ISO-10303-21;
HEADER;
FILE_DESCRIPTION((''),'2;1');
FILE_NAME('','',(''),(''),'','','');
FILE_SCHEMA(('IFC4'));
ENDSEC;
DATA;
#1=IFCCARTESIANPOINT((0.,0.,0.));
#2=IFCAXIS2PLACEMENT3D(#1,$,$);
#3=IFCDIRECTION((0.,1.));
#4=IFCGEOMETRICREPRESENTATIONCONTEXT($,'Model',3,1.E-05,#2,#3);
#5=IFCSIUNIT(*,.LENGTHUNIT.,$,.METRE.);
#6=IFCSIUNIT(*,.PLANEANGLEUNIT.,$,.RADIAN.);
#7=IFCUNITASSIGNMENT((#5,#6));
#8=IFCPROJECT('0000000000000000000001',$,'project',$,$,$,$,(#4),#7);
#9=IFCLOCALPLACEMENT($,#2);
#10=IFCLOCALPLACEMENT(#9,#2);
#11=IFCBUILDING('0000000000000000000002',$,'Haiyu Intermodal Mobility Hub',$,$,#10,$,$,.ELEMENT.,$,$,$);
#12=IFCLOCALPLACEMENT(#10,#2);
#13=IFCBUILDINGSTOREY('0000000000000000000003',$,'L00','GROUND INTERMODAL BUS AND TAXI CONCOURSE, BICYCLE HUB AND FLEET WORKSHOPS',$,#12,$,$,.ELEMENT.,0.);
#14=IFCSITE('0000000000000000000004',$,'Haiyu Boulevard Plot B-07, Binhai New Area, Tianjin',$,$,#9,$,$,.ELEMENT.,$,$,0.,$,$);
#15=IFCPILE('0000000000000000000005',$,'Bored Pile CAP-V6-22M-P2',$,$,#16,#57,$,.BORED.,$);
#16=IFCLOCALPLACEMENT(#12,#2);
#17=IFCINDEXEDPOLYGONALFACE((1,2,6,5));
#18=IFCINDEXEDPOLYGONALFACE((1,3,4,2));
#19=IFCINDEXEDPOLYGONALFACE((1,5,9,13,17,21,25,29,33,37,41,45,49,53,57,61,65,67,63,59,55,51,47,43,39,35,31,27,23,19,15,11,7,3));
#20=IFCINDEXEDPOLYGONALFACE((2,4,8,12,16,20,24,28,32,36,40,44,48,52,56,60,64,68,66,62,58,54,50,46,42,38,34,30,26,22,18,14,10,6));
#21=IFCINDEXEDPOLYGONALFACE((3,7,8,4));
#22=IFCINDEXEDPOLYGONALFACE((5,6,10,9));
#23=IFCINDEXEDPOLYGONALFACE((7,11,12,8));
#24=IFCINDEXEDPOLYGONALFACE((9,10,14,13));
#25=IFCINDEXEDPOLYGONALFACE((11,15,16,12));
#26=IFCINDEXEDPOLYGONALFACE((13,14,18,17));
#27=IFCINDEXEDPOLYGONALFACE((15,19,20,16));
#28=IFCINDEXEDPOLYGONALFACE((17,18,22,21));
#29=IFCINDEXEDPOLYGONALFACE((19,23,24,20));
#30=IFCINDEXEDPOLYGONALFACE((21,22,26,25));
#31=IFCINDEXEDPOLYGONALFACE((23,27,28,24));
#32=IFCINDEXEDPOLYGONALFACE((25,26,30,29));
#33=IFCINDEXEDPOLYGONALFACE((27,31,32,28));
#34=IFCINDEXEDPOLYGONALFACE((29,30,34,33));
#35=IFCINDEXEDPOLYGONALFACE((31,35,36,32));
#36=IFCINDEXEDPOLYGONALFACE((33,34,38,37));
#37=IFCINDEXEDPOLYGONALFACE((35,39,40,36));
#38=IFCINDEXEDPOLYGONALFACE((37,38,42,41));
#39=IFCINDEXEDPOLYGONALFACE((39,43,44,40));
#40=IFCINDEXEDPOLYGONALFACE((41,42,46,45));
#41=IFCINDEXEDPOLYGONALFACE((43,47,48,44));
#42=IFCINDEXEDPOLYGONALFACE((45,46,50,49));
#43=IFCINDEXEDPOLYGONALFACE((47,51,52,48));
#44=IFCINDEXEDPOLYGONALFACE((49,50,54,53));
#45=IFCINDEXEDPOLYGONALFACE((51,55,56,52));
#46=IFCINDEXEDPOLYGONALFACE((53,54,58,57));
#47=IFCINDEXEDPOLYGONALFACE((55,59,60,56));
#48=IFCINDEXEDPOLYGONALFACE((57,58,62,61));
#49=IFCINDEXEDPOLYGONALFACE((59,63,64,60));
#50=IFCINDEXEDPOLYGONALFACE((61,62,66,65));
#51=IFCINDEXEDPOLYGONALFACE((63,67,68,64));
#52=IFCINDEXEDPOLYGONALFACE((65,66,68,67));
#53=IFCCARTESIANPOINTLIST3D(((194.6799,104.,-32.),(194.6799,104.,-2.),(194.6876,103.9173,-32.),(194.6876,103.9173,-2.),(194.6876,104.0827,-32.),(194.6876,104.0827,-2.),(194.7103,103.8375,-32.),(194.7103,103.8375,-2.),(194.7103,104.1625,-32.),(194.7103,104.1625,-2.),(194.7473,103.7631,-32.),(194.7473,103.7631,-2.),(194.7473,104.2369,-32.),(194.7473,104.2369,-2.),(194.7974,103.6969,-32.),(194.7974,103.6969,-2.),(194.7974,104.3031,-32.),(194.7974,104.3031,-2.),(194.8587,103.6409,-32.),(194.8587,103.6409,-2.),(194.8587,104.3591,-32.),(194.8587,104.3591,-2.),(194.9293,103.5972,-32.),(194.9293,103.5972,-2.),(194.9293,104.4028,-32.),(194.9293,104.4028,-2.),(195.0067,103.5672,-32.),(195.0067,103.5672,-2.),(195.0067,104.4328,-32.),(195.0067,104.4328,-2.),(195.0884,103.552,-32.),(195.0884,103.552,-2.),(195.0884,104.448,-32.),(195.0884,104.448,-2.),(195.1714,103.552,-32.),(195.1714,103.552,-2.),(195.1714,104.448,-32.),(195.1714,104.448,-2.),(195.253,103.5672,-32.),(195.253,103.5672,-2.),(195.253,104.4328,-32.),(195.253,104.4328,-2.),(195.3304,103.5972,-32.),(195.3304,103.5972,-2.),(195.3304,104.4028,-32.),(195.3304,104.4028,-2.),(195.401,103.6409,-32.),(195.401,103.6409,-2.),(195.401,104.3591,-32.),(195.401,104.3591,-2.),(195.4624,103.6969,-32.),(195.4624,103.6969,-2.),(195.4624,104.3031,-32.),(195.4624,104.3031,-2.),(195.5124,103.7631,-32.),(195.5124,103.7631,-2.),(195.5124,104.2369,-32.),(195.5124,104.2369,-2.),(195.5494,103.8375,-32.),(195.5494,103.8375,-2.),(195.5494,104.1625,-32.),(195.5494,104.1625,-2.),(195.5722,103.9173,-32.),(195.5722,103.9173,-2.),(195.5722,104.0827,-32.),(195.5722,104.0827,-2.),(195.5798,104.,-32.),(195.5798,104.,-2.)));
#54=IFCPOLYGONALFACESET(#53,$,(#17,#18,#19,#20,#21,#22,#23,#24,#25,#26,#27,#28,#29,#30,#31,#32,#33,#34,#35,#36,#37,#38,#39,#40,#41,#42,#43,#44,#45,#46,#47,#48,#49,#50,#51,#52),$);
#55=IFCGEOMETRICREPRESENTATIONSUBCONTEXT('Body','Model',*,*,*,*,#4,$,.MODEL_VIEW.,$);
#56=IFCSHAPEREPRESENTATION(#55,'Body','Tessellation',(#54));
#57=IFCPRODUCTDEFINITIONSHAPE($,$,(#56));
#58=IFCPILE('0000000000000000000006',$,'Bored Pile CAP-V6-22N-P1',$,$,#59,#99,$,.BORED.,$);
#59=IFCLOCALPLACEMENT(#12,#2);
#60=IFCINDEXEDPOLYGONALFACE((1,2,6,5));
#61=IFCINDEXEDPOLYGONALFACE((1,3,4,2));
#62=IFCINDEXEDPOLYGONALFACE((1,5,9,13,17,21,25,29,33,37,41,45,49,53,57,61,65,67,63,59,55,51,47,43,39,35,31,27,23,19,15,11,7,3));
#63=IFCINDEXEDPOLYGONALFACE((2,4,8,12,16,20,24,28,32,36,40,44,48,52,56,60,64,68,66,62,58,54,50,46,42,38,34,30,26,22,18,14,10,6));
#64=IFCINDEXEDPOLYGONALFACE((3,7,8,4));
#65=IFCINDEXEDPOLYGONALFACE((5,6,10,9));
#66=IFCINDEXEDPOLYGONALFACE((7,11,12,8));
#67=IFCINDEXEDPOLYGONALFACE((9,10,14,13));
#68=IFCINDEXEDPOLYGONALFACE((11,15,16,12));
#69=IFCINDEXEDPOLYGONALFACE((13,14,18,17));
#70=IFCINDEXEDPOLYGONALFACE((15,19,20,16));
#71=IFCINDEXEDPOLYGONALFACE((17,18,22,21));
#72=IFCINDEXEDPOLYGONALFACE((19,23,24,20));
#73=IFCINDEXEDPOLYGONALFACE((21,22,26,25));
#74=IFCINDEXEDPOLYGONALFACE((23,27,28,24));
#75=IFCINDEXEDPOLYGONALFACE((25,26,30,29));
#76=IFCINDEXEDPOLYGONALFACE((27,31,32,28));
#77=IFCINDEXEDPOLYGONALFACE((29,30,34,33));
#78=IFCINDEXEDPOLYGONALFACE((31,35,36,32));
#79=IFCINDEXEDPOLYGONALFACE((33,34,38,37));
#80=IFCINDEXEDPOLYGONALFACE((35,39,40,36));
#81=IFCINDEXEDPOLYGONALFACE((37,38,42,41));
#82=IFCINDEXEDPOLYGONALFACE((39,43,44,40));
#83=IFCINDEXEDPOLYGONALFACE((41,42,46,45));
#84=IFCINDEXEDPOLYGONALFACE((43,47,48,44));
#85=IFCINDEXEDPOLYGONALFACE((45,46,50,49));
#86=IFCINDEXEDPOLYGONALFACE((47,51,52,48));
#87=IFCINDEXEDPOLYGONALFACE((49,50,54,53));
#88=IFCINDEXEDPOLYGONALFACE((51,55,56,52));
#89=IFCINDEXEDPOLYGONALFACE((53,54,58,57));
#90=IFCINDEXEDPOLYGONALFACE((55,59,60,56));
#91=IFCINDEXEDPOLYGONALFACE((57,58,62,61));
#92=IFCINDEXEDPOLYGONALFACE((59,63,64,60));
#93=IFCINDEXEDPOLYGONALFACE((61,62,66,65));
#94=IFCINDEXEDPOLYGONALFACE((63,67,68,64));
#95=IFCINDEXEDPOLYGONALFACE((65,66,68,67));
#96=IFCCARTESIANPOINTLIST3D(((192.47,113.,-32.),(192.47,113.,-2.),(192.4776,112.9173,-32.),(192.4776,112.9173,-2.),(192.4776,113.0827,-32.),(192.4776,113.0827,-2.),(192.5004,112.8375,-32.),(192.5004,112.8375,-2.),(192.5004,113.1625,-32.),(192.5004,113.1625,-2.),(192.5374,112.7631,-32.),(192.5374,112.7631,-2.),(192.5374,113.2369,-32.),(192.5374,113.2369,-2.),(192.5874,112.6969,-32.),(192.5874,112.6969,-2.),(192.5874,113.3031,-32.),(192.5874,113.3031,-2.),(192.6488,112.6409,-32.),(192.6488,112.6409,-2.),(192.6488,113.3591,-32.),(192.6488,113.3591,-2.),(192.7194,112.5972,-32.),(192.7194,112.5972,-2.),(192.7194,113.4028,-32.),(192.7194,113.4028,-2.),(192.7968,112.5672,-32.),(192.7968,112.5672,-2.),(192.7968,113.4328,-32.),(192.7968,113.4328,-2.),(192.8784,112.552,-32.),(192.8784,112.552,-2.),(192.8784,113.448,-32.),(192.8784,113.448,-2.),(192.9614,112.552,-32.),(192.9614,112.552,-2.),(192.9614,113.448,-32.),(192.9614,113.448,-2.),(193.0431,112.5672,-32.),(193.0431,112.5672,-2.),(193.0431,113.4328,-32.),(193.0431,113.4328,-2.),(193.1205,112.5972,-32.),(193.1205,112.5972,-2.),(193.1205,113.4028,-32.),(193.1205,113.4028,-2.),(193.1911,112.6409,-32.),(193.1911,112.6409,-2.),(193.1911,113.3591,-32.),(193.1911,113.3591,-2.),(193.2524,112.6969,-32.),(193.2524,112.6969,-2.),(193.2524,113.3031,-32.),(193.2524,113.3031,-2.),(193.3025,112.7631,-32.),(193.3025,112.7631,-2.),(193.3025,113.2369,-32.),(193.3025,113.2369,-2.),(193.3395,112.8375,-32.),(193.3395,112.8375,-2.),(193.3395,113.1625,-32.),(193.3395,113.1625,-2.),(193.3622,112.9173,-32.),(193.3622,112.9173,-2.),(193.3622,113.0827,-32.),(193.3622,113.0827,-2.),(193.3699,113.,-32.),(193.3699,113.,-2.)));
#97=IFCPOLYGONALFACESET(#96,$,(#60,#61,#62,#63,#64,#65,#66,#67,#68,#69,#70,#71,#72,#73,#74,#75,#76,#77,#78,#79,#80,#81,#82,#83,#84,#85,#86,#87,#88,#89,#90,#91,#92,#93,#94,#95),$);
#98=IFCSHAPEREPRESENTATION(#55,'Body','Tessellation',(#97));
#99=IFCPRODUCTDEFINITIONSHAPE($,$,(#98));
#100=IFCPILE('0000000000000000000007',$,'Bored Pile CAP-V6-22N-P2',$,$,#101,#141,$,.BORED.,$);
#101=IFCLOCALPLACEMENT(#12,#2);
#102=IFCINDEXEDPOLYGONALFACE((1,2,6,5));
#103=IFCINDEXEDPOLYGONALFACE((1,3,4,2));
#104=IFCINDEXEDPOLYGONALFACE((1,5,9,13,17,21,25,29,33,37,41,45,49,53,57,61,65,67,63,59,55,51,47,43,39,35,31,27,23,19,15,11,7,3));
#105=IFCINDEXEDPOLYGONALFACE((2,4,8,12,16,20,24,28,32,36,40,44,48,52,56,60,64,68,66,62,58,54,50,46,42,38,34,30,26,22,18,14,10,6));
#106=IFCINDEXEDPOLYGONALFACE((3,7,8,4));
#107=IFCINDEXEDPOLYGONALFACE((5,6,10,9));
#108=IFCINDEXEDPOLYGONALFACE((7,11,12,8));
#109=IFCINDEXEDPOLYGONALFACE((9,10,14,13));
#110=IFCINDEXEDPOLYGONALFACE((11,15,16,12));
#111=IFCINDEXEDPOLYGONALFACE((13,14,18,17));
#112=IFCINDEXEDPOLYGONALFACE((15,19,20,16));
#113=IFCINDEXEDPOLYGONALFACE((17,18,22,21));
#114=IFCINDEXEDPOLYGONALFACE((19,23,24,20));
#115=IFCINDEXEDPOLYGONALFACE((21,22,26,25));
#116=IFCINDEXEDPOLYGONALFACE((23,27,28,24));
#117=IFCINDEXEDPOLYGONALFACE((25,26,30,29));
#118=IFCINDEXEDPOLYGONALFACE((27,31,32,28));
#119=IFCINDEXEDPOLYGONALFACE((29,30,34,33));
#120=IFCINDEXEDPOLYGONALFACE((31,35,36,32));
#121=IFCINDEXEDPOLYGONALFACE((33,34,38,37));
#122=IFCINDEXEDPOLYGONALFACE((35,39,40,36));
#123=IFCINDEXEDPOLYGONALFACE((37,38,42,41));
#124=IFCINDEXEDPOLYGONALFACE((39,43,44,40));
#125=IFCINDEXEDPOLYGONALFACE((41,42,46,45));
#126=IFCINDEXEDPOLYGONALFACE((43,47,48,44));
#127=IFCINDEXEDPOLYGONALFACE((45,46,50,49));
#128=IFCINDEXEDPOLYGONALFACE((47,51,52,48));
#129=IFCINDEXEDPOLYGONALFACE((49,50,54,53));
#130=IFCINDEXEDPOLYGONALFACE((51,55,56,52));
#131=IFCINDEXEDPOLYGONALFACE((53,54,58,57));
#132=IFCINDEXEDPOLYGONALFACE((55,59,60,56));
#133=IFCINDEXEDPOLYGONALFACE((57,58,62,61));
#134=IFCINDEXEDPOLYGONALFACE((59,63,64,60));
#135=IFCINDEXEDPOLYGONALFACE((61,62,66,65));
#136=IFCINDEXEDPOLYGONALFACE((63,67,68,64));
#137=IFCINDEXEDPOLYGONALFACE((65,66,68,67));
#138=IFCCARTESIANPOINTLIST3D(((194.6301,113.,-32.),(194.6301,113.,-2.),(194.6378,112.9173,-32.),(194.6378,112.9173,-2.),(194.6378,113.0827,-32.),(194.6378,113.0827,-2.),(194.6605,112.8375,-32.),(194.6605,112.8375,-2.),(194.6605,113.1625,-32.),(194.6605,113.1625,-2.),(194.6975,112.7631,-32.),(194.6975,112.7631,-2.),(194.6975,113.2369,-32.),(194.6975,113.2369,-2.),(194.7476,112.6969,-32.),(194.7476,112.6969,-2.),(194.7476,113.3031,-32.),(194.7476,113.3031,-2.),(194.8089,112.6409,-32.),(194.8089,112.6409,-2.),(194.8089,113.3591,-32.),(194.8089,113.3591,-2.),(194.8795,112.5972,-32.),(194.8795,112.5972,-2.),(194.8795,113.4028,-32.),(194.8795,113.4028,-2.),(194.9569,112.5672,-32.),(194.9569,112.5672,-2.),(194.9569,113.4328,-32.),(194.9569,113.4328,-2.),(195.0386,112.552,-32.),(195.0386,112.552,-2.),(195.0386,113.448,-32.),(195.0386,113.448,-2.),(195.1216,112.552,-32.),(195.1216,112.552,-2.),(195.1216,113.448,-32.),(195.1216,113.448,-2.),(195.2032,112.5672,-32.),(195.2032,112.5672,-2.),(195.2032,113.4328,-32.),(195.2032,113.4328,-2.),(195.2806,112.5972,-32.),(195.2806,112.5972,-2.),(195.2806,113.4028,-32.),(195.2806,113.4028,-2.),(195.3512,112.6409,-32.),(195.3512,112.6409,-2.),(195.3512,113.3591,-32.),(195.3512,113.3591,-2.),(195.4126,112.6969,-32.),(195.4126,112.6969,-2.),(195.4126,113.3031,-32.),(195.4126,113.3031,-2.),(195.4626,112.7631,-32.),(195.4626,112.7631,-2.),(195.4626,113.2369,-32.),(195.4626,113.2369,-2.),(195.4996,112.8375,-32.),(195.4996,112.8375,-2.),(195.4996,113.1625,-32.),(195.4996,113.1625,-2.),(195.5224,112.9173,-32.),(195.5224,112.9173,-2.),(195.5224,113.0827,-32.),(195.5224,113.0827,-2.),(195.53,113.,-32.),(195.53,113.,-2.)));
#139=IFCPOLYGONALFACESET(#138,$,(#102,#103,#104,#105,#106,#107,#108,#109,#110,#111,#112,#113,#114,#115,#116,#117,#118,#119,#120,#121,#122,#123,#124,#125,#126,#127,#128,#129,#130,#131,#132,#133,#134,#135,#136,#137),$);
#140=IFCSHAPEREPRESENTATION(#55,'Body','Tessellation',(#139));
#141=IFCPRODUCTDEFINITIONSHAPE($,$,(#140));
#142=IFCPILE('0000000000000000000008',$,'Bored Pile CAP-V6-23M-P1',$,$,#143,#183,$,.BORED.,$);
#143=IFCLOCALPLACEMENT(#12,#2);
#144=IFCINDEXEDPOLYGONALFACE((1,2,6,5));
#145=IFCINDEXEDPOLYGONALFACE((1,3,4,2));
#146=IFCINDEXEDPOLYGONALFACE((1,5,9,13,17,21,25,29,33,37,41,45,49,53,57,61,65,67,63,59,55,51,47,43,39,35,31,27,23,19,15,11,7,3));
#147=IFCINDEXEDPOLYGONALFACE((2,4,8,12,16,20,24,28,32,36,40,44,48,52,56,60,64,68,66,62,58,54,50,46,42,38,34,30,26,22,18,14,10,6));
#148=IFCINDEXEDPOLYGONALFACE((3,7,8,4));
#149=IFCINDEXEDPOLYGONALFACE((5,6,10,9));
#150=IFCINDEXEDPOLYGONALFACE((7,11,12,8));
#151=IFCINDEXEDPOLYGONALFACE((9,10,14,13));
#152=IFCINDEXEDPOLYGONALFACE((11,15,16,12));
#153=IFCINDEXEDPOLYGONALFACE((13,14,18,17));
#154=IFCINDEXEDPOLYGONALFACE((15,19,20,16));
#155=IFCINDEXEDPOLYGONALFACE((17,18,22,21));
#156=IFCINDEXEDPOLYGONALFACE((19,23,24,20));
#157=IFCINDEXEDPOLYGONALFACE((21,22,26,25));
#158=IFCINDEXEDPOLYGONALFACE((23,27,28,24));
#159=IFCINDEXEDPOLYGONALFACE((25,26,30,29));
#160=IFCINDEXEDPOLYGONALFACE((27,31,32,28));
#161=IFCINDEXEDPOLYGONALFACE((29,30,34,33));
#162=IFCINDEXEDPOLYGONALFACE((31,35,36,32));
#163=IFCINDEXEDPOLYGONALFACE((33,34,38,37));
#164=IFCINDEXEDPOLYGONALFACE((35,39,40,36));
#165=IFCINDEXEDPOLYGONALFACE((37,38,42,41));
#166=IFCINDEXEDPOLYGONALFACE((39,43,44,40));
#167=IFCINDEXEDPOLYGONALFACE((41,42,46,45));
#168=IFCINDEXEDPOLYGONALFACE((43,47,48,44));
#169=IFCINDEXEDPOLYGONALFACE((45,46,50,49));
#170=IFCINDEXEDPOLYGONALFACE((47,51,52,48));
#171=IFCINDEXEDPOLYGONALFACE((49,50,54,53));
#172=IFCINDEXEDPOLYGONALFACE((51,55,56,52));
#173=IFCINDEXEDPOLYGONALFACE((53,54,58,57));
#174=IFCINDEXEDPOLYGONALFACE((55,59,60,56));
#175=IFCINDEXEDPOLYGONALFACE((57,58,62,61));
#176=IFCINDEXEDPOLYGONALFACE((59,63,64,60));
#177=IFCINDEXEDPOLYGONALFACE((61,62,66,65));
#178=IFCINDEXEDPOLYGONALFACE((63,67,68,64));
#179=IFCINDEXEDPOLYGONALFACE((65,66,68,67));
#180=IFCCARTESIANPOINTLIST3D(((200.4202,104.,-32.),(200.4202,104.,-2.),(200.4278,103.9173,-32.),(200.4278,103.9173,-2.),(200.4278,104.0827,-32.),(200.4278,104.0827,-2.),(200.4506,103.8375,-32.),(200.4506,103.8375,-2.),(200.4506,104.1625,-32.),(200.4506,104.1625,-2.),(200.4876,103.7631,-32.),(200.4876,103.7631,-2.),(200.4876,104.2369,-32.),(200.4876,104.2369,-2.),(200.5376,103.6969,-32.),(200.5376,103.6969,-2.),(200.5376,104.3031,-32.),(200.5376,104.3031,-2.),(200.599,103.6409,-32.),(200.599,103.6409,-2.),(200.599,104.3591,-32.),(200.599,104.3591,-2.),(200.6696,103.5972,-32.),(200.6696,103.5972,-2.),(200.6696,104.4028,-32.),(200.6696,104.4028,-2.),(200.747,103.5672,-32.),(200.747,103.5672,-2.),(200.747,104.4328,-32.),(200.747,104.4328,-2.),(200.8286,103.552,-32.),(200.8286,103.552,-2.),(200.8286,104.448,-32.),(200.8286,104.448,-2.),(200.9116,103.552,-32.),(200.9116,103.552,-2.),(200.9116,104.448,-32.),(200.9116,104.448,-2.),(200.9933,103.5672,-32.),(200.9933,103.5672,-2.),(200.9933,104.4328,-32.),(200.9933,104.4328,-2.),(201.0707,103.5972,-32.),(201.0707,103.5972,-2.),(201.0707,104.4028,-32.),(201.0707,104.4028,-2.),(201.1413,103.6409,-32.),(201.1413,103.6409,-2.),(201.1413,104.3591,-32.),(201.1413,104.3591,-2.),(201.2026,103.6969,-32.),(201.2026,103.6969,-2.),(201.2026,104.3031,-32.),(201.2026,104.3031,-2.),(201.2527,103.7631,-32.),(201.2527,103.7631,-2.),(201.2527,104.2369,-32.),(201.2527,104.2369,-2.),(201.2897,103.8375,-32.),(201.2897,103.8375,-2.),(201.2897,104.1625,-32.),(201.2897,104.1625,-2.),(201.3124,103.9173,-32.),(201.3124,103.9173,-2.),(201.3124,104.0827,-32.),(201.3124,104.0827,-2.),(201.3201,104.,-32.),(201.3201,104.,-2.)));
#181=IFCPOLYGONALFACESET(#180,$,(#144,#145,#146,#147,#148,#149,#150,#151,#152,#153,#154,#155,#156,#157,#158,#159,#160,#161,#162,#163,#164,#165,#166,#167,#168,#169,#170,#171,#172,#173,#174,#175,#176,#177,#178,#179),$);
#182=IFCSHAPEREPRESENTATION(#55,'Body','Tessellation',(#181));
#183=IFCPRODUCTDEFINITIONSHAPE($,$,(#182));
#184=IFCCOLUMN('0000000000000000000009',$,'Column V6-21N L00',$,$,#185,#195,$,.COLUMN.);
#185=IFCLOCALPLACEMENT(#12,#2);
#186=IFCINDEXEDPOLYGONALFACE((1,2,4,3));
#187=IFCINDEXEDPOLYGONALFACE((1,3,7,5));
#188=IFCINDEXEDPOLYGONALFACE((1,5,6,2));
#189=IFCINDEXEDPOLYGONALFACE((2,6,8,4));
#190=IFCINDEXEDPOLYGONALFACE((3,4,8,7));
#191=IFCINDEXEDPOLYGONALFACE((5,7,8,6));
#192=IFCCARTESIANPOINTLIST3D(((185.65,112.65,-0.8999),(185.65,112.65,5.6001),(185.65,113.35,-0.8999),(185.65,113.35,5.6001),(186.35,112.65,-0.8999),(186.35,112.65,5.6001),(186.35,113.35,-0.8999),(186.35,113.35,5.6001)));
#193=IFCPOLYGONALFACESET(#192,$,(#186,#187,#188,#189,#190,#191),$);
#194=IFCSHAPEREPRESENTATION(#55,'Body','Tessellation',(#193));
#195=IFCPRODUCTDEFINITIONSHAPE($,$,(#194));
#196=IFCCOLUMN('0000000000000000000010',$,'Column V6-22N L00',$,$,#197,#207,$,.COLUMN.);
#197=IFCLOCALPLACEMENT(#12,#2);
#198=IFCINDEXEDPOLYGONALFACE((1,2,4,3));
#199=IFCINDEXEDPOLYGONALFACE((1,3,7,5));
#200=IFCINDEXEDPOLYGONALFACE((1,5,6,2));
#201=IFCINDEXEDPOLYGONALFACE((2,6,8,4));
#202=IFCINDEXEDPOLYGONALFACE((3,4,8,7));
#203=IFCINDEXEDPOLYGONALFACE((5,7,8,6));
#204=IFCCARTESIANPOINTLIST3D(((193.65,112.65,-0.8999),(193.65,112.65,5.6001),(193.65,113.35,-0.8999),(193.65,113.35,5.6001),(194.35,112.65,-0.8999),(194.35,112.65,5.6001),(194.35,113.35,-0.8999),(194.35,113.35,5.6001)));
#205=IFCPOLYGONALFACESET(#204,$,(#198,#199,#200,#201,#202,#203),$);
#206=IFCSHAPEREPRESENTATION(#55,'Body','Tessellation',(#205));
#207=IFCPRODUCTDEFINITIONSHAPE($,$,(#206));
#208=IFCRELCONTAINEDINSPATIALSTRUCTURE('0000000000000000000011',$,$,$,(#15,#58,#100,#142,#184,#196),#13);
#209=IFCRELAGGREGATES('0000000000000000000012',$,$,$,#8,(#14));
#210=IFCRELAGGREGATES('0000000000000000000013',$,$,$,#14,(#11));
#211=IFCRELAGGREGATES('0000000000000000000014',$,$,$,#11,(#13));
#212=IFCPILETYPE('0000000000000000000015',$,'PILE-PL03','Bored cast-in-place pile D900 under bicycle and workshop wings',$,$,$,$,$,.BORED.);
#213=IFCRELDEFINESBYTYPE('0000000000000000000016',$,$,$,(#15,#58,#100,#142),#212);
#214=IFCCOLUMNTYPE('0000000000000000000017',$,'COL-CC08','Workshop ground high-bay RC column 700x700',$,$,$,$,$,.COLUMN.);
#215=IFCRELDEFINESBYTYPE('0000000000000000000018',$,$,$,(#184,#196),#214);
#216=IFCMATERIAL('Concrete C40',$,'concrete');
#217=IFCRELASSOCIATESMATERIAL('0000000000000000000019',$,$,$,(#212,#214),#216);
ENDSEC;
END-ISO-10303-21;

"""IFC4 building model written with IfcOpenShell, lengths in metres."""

from ifc_helpers import new_model, si_unit, direction, frame, origin, origin_2d, place, context, subcontext, project, spatial, rectangle, circle, extrude, material, material_profile, profile_set, type_object, element, save


model = new_model("IFC4")

# Units and contexts
model_context = context("Model", 3, precision=1e-05, world=origin(), true_north=direction((0.0, 1.0)))
body_context = subcontext(model_context, "Body", "Model", "MODEL_VIEW")
ifc_project = project(units=[si_unit("LENGTHUNIT", "METRE"), si_unit("PLANEANGLEUNIT", "RADIAN")], contexts=[model_context])

# Site, building, storey
site_placement = place(None, origin())
site = spatial("IfcSite", under=ifc_project, at=site_placement, Name="Haiyu Boulevard Plot B-07, Binhai New Area, Tianjin", CompositionType="ELEMENT", RefElevation=0.0)
building_placement = place(site_placement, origin())
building = spatial("IfcBuilding", under=site, at=building_placement, Name="Haiyu Intermodal Mobility Hub", CompositionType="ELEMENT")
storey_placement = place(building_placement, origin())
storey = spatial("IfcBuildingStorey", under=building, at=storey_placement, Name="L00", Description="GROUND INTERMODAL BUS AND TAXI CONCOURSE, BICYCLE HUB AND FLEET WORKSHOPS", CompositionType="ELEMENT", Elevation=0.0)

# Shared definitions
ifc_material_1 = material(Name="Concrete C40", Category="concrete")

# Piles
ifc_material_profile_1 = material_profile(ifc_material_1, circle(Radius=0.45, at=origin_2d()), Name="PILE-D900")
ifc_profile_set_1 = profile_set([ifc_material_profile_1], Name="Concrete C40")
pile_type_1 = type_object("IfcPileType", Name="PILE-PL03", Description="Bored cast-in-place pile D900 under bicycle and workshop wings", PredefinedType="BORED", material=ifc_profile_set_1)
for number, where, z_axis, x_axis, name in (
    (1, (195.1299, 104.0, -2.0), (0.0, 0.0, -1.0), (1.0, 0.0, 0.0), "Bored Pile CAP-V6-22M-P2"),
    (2, (192.9199, 113.0, -2.0), (0.0, 0.0, -1.0), (1.0, 0.0, 0.0), "Bored Pile CAP-V6-22N-P1"),
    (3, (195.0801, 113.0, -2.0), (0.0, 0.0, -1.0), (1.0, 0.0, 0.0), "Bored Pile CAP-V6-22N-P2"),
    (4, (200.8701, 104.0, -2.0), (0.0, 0.0, -1.0), (1.0, 0.0, 0.0), "Bored Pile CAP-V6-23M-P1"),
):
    element("IfcPile", number, at=place(storey_placement, frame(where, z_axis=z_axis, x_axis=x_axis)), inside=storey, type_object=pile_type_1, Name=name, PredefinedType="BORED", context=body_context, shape_type="SweptSolid", body=[
        extrude(circle(Radius=0.45, at=origin_2d()), origin(), (0.0, 0.0, 1.0), 30.0),
    ])

# Columns
ifc_material_profile_2 = material_profile(ifc_material_1, rectangle(XDim=0.7, YDim=0.7, at=origin_2d()), Name="RC700x700")
ifc_profile_set_2 = profile_set([ifc_material_profile_2], Name="Concrete C40")
column_type_1 = type_object("IfcColumnType", Name="COL-CC08", Description="Workshop ground high-bay RC column 700x700", PredefinedType="COLUMN", material=ifc_profile_set_2)
for number, where, z_axis, x_axis, name in (
    (5, (186.0, 113.0, -0.8999), (0.0, 0.0, 1.0), (1.0, 0.0, 0.0), "Column V6-21N L00"),
    (6, (194.0, 113.0, -0.8999), (0.0, 0.0, 1.0), (1.0, 0.0, 0.0), "Column V6-22N L00"),
):
    element("IfcColumn", number, at=place(storey_placement, frame(where, z_axis=z_axis, x_axis=x_axis)), inside=storey, type_object=column_type_1, Name=name, PredefinedType="COLUMN", context=body_context, shape_type="SweptSolid", body=[
        extrude(rectangle(XDim=0.7, YDim=0.7, at=origin_2d()), origin(), (0.0, 0.0, 1.0), 6.5),
    ])

save(model, "model.ifc")
